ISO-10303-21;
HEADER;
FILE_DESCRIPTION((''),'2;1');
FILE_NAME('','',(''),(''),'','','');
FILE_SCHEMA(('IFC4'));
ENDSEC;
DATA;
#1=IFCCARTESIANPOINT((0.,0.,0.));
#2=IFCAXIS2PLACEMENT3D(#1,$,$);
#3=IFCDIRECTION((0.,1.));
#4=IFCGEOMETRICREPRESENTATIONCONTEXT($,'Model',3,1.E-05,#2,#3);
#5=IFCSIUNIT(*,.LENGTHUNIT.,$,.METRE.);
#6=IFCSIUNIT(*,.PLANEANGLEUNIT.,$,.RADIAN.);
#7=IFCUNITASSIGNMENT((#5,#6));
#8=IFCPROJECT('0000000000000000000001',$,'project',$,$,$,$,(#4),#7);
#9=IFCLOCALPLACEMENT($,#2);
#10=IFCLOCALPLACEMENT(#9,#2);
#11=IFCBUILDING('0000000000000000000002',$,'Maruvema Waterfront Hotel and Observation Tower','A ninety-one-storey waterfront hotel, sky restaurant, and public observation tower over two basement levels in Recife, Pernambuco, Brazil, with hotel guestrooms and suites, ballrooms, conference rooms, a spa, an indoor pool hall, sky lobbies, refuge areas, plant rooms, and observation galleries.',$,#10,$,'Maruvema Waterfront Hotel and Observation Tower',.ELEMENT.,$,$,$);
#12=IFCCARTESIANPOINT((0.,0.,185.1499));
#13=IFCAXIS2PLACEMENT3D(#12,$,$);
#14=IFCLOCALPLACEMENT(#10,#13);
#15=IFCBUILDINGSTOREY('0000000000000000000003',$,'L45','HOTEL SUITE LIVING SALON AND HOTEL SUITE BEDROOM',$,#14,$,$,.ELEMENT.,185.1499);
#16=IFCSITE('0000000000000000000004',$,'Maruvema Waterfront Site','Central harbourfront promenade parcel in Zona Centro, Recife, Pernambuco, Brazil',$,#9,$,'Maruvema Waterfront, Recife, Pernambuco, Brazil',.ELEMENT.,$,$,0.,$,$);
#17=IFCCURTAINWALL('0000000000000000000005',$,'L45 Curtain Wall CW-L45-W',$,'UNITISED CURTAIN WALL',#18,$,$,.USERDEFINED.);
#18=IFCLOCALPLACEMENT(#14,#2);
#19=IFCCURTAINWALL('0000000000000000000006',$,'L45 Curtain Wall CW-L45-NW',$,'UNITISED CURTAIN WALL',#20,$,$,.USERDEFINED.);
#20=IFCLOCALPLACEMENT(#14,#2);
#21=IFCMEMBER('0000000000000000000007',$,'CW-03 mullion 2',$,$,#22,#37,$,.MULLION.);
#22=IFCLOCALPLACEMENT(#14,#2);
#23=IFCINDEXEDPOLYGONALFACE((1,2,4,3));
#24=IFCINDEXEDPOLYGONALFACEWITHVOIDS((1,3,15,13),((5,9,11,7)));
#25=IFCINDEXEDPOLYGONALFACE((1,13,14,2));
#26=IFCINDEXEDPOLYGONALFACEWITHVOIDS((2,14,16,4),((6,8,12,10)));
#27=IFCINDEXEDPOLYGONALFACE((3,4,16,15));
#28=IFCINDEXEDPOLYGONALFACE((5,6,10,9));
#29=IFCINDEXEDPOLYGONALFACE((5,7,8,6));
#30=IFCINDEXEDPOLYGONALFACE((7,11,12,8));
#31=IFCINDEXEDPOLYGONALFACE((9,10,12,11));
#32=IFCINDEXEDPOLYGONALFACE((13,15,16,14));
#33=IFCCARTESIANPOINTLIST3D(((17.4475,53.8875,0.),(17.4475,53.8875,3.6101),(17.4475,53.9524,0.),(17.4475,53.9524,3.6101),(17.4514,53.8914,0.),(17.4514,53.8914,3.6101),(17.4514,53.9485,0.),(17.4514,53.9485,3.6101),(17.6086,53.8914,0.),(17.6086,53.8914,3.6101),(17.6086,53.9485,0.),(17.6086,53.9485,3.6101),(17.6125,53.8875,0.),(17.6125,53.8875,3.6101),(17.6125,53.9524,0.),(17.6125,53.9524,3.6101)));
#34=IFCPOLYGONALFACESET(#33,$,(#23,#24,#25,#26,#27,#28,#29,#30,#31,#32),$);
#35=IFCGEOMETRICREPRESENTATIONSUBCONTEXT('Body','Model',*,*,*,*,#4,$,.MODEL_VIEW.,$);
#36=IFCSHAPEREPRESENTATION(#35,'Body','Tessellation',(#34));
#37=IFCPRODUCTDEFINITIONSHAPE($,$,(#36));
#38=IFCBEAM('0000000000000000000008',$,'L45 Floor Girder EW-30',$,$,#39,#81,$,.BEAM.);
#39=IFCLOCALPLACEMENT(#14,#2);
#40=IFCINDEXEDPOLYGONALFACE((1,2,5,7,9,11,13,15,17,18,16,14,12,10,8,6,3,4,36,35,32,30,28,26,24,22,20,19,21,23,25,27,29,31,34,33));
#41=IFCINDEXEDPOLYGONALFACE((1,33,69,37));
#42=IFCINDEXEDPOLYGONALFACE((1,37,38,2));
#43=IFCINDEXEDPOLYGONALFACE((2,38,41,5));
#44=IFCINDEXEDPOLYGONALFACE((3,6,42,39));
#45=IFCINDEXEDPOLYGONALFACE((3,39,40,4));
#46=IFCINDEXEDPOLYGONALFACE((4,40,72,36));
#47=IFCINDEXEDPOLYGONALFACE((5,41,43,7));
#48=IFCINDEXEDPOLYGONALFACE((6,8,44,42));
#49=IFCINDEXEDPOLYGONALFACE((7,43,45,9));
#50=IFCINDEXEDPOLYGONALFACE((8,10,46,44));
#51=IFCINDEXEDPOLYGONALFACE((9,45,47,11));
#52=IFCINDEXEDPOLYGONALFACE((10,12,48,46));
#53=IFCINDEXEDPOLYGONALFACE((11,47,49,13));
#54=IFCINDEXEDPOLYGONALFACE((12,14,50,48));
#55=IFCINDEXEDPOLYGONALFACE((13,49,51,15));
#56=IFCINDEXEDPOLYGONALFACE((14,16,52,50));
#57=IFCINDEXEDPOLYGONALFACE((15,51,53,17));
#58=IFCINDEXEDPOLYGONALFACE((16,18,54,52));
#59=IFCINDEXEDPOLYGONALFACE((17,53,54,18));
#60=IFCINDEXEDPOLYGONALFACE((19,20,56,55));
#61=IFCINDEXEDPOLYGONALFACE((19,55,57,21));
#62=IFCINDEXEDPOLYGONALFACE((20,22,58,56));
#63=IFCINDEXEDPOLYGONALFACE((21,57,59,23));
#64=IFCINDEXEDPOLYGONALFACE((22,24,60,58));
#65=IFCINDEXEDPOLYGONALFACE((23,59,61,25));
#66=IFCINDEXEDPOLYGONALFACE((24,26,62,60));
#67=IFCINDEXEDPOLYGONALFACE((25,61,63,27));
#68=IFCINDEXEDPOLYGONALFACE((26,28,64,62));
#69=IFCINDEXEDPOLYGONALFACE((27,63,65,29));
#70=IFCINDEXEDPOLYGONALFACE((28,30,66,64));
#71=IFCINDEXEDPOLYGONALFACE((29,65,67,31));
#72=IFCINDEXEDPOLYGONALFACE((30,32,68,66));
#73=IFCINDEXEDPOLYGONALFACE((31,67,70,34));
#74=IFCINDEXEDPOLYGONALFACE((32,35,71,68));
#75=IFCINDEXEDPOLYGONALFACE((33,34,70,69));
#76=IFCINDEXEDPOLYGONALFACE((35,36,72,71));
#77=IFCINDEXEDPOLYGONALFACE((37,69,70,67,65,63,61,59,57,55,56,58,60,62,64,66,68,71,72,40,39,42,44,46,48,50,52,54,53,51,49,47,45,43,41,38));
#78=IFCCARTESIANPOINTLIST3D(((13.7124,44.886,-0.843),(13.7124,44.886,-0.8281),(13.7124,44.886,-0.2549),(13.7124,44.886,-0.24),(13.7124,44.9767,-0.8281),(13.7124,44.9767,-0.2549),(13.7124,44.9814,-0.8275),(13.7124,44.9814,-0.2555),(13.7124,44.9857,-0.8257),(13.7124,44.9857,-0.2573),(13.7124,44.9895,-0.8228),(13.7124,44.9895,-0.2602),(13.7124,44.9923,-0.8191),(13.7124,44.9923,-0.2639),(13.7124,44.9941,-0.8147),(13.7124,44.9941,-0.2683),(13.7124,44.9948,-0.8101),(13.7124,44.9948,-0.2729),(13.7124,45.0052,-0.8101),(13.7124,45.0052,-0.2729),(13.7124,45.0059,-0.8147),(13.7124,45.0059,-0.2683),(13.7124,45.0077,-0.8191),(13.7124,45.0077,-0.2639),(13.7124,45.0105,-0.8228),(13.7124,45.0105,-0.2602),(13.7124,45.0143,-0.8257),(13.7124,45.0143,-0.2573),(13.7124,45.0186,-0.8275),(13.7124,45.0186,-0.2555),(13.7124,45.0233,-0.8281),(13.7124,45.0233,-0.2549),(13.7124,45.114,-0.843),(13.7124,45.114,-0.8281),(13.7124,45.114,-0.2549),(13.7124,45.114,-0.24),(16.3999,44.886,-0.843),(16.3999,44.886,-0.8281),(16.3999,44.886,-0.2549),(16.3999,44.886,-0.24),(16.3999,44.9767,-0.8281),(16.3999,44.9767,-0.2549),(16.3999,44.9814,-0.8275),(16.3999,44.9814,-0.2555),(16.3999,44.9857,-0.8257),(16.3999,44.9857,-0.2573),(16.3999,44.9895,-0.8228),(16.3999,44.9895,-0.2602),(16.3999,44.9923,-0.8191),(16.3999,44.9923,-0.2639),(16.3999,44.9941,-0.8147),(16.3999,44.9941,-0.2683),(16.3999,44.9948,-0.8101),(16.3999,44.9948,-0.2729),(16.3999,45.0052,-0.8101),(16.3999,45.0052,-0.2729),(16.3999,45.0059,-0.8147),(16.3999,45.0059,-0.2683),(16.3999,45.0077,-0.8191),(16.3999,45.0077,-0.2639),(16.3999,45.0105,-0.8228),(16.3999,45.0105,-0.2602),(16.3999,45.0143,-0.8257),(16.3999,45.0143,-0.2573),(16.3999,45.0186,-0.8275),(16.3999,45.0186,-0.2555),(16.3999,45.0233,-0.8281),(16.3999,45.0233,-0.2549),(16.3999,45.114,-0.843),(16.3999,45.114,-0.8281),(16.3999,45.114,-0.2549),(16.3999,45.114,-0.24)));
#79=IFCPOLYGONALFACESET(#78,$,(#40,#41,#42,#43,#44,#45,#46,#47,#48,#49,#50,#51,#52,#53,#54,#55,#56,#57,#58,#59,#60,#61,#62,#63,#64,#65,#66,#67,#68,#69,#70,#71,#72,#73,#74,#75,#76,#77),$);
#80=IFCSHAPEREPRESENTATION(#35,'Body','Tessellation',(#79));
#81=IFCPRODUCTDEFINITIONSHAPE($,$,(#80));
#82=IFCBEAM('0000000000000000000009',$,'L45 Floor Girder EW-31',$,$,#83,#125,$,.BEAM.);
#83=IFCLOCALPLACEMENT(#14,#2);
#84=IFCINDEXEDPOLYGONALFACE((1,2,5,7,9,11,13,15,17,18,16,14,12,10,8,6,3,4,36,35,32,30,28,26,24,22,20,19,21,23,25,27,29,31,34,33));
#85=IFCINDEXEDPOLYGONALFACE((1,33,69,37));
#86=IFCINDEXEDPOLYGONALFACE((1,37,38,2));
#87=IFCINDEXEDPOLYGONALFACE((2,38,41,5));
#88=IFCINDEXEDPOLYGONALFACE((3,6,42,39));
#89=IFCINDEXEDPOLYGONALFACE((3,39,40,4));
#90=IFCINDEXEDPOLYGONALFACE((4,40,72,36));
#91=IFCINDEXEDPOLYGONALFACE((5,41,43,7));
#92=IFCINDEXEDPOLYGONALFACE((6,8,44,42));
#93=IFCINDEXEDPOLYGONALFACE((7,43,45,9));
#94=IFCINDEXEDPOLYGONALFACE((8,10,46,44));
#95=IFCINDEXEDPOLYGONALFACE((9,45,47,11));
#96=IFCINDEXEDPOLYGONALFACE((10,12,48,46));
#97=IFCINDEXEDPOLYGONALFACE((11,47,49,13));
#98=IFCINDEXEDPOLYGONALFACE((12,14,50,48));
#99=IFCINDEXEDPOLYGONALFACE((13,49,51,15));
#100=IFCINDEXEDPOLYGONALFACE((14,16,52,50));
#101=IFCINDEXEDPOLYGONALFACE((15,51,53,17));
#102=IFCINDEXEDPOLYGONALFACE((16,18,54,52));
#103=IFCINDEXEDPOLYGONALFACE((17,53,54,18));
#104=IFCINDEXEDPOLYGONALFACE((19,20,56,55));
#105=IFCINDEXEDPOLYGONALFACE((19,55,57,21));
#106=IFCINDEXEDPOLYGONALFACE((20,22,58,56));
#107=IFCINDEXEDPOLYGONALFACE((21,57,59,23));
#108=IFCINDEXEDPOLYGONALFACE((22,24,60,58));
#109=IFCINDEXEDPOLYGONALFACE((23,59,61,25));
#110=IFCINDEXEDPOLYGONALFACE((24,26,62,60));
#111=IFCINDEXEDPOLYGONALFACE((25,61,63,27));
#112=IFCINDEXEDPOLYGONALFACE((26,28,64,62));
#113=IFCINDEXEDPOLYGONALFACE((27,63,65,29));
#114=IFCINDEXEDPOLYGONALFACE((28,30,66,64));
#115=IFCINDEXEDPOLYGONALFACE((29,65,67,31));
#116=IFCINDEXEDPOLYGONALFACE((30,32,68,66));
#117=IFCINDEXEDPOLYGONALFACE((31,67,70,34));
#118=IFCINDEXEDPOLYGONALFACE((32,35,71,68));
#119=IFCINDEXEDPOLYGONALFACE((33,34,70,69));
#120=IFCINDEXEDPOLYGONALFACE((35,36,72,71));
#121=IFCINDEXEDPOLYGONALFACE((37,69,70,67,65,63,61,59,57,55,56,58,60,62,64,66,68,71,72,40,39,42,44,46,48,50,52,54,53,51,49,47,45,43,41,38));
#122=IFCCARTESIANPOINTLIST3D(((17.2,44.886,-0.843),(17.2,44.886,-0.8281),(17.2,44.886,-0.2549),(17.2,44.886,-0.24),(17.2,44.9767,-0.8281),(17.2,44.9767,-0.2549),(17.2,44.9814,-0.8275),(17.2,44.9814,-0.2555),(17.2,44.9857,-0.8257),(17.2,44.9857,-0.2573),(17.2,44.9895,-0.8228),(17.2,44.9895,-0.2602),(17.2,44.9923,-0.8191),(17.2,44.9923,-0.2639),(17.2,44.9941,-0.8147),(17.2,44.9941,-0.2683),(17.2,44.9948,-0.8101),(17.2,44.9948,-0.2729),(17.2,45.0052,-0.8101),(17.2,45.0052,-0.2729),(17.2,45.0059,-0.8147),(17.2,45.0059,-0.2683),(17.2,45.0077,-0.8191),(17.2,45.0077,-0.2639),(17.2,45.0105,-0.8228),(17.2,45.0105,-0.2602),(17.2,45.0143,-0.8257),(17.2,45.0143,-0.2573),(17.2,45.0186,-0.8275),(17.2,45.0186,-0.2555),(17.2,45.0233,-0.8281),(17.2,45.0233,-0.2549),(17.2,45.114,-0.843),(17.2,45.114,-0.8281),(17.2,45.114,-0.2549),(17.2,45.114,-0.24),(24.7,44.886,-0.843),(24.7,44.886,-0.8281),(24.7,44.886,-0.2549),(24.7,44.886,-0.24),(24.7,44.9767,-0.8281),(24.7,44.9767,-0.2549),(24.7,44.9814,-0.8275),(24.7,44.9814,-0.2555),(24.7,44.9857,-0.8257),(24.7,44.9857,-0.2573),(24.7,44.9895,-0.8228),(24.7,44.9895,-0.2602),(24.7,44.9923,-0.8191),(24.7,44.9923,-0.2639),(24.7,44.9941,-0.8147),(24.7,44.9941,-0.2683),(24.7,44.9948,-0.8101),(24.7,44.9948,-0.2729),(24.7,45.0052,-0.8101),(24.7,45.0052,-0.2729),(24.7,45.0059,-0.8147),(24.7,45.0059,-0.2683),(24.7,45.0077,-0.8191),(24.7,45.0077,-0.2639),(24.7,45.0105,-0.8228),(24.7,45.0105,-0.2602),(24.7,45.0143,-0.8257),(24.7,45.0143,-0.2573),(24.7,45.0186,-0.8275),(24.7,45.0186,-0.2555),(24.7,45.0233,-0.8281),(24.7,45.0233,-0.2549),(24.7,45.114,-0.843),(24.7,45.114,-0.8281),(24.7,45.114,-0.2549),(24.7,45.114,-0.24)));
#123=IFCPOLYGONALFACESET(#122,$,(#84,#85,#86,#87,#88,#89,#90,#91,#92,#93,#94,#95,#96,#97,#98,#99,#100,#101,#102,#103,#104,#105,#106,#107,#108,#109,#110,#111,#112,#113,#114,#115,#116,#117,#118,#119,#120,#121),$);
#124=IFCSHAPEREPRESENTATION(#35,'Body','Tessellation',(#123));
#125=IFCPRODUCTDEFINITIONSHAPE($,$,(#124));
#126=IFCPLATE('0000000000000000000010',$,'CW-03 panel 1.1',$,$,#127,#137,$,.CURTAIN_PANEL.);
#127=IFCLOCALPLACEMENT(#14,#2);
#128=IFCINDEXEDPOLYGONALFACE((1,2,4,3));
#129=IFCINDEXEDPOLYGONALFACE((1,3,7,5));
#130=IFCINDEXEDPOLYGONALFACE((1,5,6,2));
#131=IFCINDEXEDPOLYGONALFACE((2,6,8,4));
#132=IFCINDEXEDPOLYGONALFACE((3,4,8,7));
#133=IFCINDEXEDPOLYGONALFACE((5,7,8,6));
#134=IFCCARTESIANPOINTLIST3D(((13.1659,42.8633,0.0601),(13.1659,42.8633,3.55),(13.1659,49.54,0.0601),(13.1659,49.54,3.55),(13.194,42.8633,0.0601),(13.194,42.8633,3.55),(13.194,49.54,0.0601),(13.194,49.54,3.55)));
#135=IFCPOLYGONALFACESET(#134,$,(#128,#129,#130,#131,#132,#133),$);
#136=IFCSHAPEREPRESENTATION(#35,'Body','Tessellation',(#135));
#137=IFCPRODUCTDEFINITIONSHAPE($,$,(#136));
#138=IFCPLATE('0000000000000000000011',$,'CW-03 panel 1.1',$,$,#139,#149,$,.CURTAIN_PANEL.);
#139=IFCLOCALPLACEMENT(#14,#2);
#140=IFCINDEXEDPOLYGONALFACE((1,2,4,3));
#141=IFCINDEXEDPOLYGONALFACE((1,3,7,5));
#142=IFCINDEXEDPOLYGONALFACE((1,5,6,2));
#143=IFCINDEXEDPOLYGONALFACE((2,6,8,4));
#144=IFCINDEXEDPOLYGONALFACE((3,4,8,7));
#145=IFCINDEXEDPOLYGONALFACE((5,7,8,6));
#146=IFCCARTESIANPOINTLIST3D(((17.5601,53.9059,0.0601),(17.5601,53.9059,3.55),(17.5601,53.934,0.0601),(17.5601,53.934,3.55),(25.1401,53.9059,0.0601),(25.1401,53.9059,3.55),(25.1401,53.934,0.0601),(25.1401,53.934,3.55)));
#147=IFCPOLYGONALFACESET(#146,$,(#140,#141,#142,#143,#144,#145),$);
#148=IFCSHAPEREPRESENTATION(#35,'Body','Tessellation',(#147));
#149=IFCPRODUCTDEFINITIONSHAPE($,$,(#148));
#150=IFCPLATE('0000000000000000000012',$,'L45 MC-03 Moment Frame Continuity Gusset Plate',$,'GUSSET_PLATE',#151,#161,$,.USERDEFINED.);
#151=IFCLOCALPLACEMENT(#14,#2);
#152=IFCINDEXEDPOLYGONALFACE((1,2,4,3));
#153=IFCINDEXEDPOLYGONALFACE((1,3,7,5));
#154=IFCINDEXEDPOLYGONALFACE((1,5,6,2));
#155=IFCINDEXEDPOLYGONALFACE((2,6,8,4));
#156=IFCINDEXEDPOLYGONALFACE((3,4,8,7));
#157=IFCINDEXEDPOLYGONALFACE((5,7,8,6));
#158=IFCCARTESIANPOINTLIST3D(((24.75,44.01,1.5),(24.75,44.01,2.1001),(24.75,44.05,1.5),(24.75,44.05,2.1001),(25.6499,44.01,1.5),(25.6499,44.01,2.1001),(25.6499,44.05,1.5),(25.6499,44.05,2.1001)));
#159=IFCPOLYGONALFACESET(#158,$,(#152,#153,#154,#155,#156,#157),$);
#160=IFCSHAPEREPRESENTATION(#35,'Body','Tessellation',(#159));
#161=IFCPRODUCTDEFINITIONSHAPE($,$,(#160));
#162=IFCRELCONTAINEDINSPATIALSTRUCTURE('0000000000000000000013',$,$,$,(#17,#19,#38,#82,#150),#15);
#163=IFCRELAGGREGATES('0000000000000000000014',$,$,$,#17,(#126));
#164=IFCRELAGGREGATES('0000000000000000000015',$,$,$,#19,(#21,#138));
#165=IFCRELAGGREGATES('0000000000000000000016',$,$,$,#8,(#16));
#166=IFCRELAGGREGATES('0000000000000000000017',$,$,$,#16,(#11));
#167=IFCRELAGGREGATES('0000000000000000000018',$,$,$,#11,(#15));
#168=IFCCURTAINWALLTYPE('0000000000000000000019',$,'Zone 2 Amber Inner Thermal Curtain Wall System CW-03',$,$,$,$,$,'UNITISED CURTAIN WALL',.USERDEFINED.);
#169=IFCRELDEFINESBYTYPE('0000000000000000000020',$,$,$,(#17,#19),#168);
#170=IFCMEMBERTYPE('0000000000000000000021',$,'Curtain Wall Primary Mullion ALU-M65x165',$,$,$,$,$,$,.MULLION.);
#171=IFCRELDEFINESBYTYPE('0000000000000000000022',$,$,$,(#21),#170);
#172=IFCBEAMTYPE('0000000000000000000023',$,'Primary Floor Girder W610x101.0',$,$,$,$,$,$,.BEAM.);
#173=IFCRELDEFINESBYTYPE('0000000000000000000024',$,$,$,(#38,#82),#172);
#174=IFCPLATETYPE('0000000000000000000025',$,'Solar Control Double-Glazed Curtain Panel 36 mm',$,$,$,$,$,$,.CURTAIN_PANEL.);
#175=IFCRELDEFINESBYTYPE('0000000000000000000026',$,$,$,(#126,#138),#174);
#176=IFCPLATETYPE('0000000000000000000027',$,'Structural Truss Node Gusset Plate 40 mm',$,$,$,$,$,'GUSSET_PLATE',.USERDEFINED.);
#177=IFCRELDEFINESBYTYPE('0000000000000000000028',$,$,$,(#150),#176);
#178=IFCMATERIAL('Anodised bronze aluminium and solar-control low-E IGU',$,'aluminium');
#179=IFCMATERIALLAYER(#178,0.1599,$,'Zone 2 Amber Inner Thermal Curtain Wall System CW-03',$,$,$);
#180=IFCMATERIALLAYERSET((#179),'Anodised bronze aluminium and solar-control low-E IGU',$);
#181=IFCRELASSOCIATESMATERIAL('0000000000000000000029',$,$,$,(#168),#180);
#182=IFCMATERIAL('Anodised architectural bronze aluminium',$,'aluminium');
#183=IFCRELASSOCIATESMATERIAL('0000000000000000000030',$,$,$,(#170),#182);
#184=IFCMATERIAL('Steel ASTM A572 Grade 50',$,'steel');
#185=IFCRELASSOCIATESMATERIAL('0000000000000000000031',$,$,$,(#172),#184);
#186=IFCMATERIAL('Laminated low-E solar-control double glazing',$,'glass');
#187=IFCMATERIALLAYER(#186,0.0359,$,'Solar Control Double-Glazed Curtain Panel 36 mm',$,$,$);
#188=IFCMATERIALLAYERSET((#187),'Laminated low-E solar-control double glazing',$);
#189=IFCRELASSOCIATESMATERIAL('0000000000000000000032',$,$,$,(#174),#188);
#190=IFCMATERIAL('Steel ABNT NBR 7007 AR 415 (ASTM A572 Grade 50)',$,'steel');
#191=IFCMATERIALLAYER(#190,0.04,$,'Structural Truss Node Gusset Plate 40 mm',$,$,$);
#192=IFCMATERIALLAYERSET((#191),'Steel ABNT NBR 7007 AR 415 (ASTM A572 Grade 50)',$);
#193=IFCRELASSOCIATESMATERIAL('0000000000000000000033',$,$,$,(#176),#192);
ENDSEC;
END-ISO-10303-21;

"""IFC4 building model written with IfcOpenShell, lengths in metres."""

from ifc_helpers import new_model, si_unit, direction, frame, origin, origin_2d, place, context, subcontext, project, spatial, rectangle, hollow_rectangle, i_section, extrude, material, layer, layer_set, material_profile, profile_set, type_object, element, aggregate, save


model = new_model("IFC4")

# Units and contexts
model_context = context("Model", 3, precision=1e-05, world=origin(), true_north=direction((0.0, 1.0)))
body_context = subcontext(model_context, "Body", "Model", "MODEL_VIEW")
ifc_project = project(units=[si_unit("LENGTHUNIT", "METRE"), si_unit("PLANEANGLEUNIT", "RADIAN")], contexts=[model_context])

# Site, building, storey
site_placement = place(None, origin())
site = spatial("IfcSite", under=ifc_project, at=site_placement, Name="Maruvema Waterfront Site", Description="Central harbourfront promenade parcel in Zona Centro, Recife, Pernambuco, Brazil", LongName="Maruvema Waterfront, Recife, Pernambuco, Brazil", CompositionType="ELEMENT", RefElevation=0.0)
building_placement = place(site_placement, origin())
building = spatial("IfcBuilding", under=site, at=building_placement, Name="Maruvema Waterfront Hotel and Observation Tower", Description="A ninety-one-storey waterfront hotel, sky restaurant, and public observation tower over two basement levels in Recife, Pernambuco, Brazil, with hotel guestrooms and suites, ballrooms, conference rooms, a spa, an indoor pool hall, sky lobbies, refuge areas, plant rooms, and observation galleries.", LongName="Maruvema Waterfront Hotel and Observation Tower", CompositionType="ELEMENT")
storey_placement = place(building_placement, frame((0.0, 0.0, 185.1499)))
storey = spatial("IfcBuildingStorey", under=building, at=storey_placement, Name="L45", Description="HOTEL SUITE LIVING SALON AND HOTEL SUITE BEDROOM", CompositionType="ELEMENT", Elevation=185.1499)

# Curtain walls
ifc_material_1 = material(Name="Anodised bronze aluminium and solar-control low-E IGU", Category="aluminium")
ifc_layer_1 = layer(ifc_material_1, 0.1599, Name="Zone 2 Amber Inner Thermal Curtain Wall System CW-03")
ifc_layer_set_1 = layer_set([ifc_layer_1], Name="Anodised bronze aluminium and solar-control low-E IGU")
curtain_wall_type = type_object("IfcCurtainWallType", Name="Zone 2 Amber Inner Thermal Curtain Wall System CW-03", ElementType="UNITISED CURTAIN WALL", PredefinedType="USERDEFINED", material=ifc_layer_set_1)
curtain_wall_1_placement = place(storey_placement, origin())
curtain_wall_1 = element("IfcCurtainWall", 1, at=curtain_wall_1_placement, inside=storey, type_object=curtain_wall_type, Name="L45 Curtain Wall CW-L45-W", ObjectType="UNITISED CURTAIN WALL", PredefinedType="USERDEFINED")
curtain_wall_2_placement = place(storey_placement, origin())
curtain_wall_2 = element("IfcCurtainWall", 2, at=curtain_wall_2_placement, inside=storey, type_object=curtain_wall_type, Name="L45 Curtain Wall CW-L45-NW", ObjectType="UNITISED CURTAIN WALL", PredefinedType="USERDEFINED")

# Member
ifc_material_2 = material(Name="Anodised architectural bronze aluminium", Category="aluminium")
ifc_material_profile_1 = material_profile(ifc_material_2, hollow_rectangle(XDim=0.0649, YDim=0.165, WallThickness=0.0039, at=origin_2d()), Name="ALU-M65x165")
ifc_profile_set_1 = profile_set([ifc_material_profile_1], Name="Anodised architectural bronze aluminium")
member_type_1 = type_object("IfcMemberType", Name="Curtain Wall Primary Mullion ALU-M65x165", PredefinedType="MULLION", material=ifc_profile_set_1)
member_1_placement = place(storey_placement, frame((17.53, 53.9199, 0.0), z_axis=(0.0, 0.0, 1.0), x_axis=(0.0, -1.0, 0.0)))
member_1 = element("IfcMember", 3, at=member_1_placement, type_object=member_type_1, Name="CW-03 mullion 2", PredefinedType="MULLION", context=body_context, shape_type="SweptSolid", body=[
    extrude(hollow_rectangle(XDim=0.0649, YDim=0.165, WallThickness=0.0039, at=origin_2d()), origin(), (0.0, 0.0, 1.0), 3.6101),
])

# Beams
ifc_material_3 = material(Name="Steel ASTM A572 Grade 50", Category="steel")
ifc_material_profile_2 = material_profile(ifc_material_3, i_section(OverallWidth=0.228, OverallDepth=0.603, WebThickness=0.0105, FlangeThickness=0.0149, FilletRadius=0.0181, at=origin_2d()), Name="W610x101.0")
ifc_profile_set_2 = profile_set([ifc_material_profile_2], Name="Steel ASTM A572 Grade 50")
beam_type = type_object("IfcBeamType", Name="Primary Floor Girder W610x101.0", PredefinedType="BEAM", material=ifc_profile_set_2)
beam_1_placement = place(storey_placement, frame((13.7124, 45.0, -0.5415), z_axis=(1.0, 0.0, 0.0), x_axis=(0.0, 1.0, 0.0)))
element("IfcBeam", 4, at=beam_1_placement, inside=storey, type_object=beam_type, Name="L45 Floor Girder EW-30", PredefinedType="BEAM", context=body_context, shape_type="SweptSolid", body=[
    extrude(i_section(OverallWidth=0.228, OverallDepth=0.603, WebThickness=0.0105, FlangeThickness=0.0149, FilletRadius=0.0181, at=origin_2d()), origin(), (0.0, 0.0, 1.0), 2.6875),
])
beam_2_placement = place(storey_placement, frame((17.2, 45.0, -0.5415), z_axis=(1.0, 0.0, 0.0), x_axis=(0.0, 1.0, 0.0)))
element("IfcBeam", 5, at=beam_2_placement, inside=storey, type_object=beam_type, Name="L45 Floor Girder EW-31", PredefinedType="BEAM", context=body_context, shape_type="SweptSolid", body=[
    extrude(i_section(OverallWidth=0.228, OverallDepth=0.603, WebThickness=0.0105, FlangeThickness=0.0149, FilletRadius=0.0181, at=origin_2d()), origin(), (0.0, 0.0, 1.0), 7.5),
])

# Plates
ifc_material_4 = material(Name="Laminated low-E solar-control double glazing", Category="glass")
ifc_layer_2 = layer(ifc_material_4, 0.0359, Name="Solar Control Double-Glazed Curtain Panel 36 mm")
ifc_layer_set_2 = layer_set([ifc_layer_2], Name="Laminated low-E solar-control double glazing")
plate_type_1 = type_object("IfcPlateType", Name="Solar Control Double-Glazed Curtain Panel 36 mm", PredefinedType="CURTAIN_PANEL", material=ifc_layer_set_2)
plate_1_placement = place(storey_placement, frame((13.1799, 46.2017, 0.0601), z_axis=(0.0, 0.0, 1.0), x_axis=(0.0, -1.0, 0.0)))
plate_1 = element("IfcPlate", 6, at=plate_1_placement, type_object=plate_type_1, Name="CW-03 panel 1.1", PredefinedType="CURTAIN_PANEL", context=body_context, shape_type="SweptSolid", body=[
    extrude(rectangle(XDim=6.6768, YDim=0.0281, at=origin_2d()), origin(), (0.0, 0.0, 1.0), 3.49),
])
aggregate(curtain_wall_1, [plate_1])
plate_2_placement = place(storey_placement, frame((21.3501, 53.9199, 0.0601), z_axis=(0.0, 0.0, 1.0), x_axis=(-1.0, 0.0, 0.0)))
plate_2 = element("IfcPlate", 7, at=plate_2_placement, type_object=plate_type_1, Name="CW-03 panel 1.1", PredefinedType="CURTAIN_PANEL", context=body_context, shape_type="SweptSolid", body=[
    extrude(rectangle(XDim=7.5801, YDim=0.0281, at=origin_2d()), origin(), (0.0, 0.0, 1.0), 3.49),
])
aggregate(curtain_wall_2, [member_1, plate_2])
ifc_material_5 = material(Name="Steel ABNT NBR 7007 AR 415 (ASTM A572 Grade 50)", Category="steel")
ifc_layer_3 = layer(ifc_material_5, 0.04, Name="Structural Truss Node Gusset Plate 40 mm")
ifc_layer_set_3 = layer_set([ifc_layer_3], Name="Steel ABNT NBR 7007 AR 415 (ASTM A572 Grade 50)")
plate_type_2 = type_object("IfcPlateType", Name="Structural Truss Node Gusset Plate 40 mm", ElementType="GUSSET_PLATE", PredefinedType="USERDEFINED", material=ifc_layer_set_3)
plate_3_placement = place(storey_placement, frame((25.2, 44.03, 1.5), z_axis=(0.0, 0.0, 1.0), x_axis=(1.0, 0.0, 0.0)))
element("IfcPlate", 8, at=plate_3_placement, inside=storey, type_object=plate_type_2, Name="L45 MC-03 Moment Frame Continuity Gusset Plate", ObjectType="GUSSET_PLATE", PredefinedType="USERDEFINED", context=body_context, shape_type="SweptSolid", body=[
    extrude(rectangle(XDim=0.8999, YDim=0.04, at=origin_2d()), origin(), (0.0, 0.0, 1.0), 0.6001),
])

save(model, "model.ifc")
